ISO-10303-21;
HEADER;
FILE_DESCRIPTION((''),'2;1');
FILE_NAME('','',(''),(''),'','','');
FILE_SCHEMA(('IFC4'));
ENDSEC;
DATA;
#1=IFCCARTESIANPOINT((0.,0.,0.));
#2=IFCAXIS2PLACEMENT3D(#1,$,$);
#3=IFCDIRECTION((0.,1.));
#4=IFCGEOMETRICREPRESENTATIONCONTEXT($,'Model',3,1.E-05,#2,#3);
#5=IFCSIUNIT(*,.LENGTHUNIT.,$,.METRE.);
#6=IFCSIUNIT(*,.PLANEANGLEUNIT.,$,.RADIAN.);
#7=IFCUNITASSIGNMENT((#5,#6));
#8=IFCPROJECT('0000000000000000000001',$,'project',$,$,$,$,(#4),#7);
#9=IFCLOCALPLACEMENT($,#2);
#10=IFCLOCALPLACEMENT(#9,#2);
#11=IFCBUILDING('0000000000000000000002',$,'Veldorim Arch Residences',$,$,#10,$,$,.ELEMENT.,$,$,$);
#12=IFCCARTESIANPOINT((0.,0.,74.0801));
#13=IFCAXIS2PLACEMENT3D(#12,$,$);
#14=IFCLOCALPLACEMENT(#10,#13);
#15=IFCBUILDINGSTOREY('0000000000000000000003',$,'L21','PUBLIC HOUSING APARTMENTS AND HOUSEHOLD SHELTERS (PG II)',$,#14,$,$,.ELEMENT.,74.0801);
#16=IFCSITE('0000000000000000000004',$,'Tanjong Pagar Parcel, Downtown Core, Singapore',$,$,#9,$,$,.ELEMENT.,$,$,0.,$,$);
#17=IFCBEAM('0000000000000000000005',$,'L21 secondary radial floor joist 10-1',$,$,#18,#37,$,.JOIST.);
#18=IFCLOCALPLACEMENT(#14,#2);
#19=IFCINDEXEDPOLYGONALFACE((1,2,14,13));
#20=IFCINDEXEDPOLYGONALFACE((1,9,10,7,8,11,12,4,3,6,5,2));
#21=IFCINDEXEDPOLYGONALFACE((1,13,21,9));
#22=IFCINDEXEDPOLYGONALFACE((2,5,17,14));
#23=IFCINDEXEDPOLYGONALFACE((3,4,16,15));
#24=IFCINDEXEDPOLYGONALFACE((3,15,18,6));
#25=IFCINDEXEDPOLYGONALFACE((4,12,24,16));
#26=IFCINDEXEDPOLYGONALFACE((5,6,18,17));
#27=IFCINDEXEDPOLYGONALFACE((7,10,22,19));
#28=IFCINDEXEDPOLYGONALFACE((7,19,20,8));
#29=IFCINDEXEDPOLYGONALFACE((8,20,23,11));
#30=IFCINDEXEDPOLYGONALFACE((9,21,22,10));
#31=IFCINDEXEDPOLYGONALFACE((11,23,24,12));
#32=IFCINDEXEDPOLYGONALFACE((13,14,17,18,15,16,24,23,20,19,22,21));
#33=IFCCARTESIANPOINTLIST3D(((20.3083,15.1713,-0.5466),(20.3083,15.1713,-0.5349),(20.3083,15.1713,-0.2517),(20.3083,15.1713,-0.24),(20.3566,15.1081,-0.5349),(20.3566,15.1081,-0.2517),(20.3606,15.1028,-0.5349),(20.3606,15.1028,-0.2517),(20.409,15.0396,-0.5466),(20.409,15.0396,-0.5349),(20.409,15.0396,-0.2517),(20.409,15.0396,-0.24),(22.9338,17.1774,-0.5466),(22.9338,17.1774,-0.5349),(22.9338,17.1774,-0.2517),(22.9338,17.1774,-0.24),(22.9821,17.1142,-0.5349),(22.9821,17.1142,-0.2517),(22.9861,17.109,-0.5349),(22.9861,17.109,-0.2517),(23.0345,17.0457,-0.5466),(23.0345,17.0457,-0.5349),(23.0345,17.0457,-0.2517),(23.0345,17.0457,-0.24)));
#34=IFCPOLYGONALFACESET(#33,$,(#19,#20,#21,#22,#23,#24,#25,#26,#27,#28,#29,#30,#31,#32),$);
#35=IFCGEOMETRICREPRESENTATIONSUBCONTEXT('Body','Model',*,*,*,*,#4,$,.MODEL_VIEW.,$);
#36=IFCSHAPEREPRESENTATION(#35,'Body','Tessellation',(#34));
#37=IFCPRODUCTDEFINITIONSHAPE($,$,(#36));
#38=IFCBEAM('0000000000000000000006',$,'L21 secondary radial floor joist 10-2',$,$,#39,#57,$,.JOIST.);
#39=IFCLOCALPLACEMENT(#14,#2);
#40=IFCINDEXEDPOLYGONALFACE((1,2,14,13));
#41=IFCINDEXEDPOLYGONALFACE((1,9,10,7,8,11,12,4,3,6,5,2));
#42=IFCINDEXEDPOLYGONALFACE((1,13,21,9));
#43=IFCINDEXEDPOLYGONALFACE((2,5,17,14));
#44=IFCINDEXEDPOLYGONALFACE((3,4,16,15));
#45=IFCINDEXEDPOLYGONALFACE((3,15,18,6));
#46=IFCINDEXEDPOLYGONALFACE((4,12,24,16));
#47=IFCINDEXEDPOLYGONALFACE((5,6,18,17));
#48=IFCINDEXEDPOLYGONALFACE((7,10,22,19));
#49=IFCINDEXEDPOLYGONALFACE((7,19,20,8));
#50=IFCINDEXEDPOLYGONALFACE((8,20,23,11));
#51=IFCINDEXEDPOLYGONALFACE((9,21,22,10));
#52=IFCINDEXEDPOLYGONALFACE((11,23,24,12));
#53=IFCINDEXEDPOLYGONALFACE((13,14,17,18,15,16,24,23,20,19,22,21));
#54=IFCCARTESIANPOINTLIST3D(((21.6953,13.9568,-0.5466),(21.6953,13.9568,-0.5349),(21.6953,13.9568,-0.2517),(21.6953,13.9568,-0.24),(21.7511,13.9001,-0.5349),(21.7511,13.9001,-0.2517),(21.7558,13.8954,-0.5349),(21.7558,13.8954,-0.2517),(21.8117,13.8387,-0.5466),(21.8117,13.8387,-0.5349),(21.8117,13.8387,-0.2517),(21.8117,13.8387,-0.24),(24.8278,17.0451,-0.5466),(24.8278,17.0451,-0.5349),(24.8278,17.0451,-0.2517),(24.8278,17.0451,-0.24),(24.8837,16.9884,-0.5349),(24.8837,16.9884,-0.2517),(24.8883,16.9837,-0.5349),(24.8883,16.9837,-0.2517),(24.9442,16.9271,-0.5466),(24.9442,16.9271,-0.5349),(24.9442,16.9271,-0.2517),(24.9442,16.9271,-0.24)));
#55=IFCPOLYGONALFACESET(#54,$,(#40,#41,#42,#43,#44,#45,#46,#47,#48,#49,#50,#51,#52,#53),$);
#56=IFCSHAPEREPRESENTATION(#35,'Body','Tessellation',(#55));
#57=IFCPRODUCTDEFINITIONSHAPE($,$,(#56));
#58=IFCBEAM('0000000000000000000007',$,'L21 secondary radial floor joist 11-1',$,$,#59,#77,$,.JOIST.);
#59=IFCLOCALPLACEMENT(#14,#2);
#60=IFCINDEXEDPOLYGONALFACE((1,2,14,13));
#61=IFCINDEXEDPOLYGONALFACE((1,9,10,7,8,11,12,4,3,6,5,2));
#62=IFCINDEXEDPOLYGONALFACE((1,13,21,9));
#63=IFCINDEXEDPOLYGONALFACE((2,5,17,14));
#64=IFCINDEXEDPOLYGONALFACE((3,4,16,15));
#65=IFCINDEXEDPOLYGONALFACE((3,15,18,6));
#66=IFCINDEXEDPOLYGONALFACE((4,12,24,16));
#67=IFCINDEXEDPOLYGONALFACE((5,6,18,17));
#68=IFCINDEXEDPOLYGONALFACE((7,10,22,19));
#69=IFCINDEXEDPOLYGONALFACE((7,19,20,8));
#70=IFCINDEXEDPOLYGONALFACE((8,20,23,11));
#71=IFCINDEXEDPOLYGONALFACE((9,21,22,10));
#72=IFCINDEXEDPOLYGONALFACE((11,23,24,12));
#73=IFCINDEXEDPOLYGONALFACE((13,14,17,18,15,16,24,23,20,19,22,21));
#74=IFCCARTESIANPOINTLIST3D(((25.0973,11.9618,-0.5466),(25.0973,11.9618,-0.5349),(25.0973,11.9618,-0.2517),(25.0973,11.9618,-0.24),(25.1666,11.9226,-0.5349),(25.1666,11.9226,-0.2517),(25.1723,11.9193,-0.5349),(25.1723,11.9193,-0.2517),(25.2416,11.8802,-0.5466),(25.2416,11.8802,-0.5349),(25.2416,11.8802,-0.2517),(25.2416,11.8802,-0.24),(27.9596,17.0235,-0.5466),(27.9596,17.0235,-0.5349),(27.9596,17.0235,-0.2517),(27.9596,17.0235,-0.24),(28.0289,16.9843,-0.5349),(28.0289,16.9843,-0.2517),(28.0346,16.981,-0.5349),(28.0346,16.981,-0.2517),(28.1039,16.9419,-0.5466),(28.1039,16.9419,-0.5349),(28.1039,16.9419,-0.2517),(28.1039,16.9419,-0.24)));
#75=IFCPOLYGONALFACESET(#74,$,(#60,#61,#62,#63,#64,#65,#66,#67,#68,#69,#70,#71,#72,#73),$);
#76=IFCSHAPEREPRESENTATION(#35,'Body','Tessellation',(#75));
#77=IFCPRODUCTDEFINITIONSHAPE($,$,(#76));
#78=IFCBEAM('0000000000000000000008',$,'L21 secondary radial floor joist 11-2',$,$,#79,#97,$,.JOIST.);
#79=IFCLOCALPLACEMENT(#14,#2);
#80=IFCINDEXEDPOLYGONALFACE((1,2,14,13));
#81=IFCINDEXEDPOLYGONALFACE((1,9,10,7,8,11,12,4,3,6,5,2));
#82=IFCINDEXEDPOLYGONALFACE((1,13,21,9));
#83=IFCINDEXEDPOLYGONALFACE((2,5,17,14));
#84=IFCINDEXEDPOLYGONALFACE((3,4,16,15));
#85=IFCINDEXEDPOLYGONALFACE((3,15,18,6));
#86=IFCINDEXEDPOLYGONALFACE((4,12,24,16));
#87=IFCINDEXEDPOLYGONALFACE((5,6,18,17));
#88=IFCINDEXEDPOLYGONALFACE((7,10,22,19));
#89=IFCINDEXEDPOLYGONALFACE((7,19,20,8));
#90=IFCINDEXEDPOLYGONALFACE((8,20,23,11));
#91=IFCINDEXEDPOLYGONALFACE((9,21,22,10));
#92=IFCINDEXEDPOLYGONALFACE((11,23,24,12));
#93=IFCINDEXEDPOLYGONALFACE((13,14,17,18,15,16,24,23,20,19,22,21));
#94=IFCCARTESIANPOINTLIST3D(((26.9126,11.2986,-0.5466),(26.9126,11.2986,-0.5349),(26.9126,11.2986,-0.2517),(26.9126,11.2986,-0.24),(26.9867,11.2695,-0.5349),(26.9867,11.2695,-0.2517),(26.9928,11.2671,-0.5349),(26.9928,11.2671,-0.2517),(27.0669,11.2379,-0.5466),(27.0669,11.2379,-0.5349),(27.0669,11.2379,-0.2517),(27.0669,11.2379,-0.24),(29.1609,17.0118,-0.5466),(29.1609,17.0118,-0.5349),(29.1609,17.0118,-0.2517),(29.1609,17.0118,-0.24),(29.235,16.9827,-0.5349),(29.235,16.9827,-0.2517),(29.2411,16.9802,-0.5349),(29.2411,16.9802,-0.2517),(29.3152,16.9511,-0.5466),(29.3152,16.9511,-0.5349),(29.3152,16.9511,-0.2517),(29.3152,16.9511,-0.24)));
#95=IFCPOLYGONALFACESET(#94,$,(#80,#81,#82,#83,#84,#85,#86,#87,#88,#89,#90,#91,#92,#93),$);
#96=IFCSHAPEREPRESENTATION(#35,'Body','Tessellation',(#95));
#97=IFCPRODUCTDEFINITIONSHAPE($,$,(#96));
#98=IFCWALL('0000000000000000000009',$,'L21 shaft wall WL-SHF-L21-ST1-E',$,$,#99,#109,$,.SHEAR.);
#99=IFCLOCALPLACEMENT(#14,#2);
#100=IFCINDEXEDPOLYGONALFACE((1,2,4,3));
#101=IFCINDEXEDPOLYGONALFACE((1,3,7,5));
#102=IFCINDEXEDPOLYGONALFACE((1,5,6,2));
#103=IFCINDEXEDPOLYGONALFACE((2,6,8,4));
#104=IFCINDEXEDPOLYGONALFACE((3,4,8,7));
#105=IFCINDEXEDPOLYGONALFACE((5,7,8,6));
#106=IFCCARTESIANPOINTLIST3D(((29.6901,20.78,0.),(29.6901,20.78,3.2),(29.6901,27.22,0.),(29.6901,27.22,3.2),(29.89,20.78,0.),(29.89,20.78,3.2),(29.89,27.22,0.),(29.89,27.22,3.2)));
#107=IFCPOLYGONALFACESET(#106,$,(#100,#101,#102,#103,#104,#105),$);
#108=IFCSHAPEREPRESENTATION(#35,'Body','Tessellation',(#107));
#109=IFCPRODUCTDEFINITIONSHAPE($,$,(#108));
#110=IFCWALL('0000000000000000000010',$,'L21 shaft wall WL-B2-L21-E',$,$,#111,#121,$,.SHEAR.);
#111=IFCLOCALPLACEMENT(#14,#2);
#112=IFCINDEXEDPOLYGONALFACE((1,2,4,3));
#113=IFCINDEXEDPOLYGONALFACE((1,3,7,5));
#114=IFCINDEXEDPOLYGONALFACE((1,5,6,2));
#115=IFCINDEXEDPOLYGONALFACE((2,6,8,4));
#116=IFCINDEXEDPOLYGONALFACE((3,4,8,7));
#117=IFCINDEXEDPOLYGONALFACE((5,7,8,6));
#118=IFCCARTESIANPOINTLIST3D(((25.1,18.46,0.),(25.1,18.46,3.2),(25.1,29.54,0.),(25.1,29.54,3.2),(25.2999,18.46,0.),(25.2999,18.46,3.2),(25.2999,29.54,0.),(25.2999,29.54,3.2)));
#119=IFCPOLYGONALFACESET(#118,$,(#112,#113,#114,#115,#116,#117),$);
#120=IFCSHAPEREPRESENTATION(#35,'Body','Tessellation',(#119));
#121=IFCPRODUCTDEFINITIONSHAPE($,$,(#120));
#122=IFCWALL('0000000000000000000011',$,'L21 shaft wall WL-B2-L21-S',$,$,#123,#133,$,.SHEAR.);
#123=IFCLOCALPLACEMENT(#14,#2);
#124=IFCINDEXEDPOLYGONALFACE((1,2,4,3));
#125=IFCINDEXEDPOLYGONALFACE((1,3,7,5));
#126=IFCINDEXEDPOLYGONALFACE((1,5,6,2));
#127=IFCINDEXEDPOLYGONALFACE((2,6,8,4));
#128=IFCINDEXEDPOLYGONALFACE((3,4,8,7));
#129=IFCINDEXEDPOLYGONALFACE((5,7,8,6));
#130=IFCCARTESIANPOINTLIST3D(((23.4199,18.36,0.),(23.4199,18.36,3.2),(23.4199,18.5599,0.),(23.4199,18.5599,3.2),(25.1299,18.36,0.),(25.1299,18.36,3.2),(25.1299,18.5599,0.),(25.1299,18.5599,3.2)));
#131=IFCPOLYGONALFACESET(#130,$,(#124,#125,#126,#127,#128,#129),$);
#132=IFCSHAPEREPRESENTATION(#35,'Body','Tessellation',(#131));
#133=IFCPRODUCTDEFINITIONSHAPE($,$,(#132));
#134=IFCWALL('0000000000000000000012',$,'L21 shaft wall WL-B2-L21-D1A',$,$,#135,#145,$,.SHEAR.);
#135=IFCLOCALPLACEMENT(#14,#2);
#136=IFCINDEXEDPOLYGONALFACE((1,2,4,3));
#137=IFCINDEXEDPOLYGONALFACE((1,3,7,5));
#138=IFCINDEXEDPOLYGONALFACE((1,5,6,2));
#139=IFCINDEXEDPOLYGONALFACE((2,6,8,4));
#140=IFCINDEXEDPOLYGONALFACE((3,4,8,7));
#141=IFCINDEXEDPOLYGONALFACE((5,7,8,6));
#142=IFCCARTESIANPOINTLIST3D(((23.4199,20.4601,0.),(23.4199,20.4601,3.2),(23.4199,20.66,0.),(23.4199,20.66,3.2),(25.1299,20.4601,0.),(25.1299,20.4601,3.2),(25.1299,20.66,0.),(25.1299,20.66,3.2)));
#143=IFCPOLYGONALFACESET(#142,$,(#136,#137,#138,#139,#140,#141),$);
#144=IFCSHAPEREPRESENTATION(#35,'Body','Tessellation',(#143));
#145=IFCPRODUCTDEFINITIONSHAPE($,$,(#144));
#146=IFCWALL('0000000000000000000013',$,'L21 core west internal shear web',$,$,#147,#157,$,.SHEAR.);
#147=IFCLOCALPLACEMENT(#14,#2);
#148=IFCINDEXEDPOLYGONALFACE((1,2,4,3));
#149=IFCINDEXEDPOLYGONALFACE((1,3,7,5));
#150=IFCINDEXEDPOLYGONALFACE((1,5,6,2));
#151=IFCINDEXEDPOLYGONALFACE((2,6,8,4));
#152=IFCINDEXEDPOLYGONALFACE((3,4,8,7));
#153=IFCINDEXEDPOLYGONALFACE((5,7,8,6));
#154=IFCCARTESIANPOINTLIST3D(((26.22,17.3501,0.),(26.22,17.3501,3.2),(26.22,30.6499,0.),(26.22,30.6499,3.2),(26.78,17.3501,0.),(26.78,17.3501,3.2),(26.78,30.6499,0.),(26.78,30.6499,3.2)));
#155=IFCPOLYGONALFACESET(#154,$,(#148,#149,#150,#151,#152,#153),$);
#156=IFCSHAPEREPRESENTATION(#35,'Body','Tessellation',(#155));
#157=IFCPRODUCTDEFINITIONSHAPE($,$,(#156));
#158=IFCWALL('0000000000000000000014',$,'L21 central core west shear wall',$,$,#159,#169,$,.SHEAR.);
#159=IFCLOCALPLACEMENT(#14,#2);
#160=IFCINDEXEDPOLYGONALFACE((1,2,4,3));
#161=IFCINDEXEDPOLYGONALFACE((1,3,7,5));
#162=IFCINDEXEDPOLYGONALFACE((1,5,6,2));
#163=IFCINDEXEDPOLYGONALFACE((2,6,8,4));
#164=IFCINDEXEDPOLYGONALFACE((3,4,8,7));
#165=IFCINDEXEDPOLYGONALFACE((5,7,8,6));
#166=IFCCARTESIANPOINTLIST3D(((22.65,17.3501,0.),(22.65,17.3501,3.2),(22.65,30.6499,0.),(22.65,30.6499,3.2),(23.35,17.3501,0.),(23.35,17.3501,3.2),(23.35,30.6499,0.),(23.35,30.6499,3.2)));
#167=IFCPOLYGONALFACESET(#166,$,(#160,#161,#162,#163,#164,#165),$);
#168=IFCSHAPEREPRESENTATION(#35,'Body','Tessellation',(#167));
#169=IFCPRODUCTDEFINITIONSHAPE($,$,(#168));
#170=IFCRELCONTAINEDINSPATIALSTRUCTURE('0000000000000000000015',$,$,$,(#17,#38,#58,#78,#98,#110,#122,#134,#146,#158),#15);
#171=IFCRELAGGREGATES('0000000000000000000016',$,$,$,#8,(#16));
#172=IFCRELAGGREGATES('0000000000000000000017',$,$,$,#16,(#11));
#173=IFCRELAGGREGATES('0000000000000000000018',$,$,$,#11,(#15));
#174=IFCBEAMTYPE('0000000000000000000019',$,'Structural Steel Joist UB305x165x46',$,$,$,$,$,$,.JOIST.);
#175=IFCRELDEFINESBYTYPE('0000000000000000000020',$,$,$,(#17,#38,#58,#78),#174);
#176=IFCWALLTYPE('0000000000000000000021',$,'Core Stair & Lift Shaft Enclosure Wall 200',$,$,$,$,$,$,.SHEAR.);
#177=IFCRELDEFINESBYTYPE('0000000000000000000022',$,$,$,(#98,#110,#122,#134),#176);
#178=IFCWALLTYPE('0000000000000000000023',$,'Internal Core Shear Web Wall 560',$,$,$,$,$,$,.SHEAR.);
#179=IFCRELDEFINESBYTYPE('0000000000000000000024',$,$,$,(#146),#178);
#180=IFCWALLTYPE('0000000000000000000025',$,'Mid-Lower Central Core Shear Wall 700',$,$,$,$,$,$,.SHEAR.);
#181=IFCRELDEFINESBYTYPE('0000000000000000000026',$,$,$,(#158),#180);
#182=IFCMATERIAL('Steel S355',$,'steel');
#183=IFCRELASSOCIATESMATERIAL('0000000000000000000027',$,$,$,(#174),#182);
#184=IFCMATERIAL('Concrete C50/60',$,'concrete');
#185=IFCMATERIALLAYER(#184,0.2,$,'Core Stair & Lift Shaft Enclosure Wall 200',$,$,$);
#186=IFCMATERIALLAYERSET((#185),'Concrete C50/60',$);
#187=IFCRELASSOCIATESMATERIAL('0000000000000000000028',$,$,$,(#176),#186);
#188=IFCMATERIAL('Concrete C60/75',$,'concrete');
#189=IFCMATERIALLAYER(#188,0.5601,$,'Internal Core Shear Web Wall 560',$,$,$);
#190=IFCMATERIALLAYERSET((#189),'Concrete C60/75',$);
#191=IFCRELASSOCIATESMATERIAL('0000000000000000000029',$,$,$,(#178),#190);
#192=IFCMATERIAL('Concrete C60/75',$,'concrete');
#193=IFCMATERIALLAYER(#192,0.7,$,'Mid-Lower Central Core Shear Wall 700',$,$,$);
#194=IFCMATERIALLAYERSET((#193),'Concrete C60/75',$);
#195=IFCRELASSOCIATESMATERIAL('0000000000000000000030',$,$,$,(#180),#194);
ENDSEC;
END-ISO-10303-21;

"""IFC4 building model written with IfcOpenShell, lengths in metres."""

from ifc_helpers import new_model, si_unit, direction, frame, frame_2d, origin, origin_2d, place, context, subcontext, project, spatial, rectangle, i_section, extrude, material, layer, layer_set, material_profile, profile_set, type_object, element, save


model = new_model("IFC4")

# Units and contexts
model_context = context("Model", 3, precision=1e-05, world=origin(), true_north=direction((0.0, 1.0)))
body_context = subcontext(model_context, "Body", "Model", "MODEL_VIEW")
ifc_project = project(units=[si_unit("LENGTHUNIT", "METRE"), si_unit("PLANEANGLEUNIT", "RADIAN")], contexts=[model_context])

# Site, building, storey
site_placement = place(None, origin())
site = spatial("IfcSite", under=ifc_project, at=site_placement, Name="Tanjong Pagar Parcel, Downtown Core, Singapore", CompositionType="ELEMENT", RefElevation=0.0)
building_placement = place(site_placement, origin())
building = spatial("IfcBuilding", under=site, at=building_placement, Name="Veldorim Arch Residences", CompositionType="ELEMENT")
storey_placement = place(building_placement, frame((0.0, 0.0, 74.0801)))
storey = spatial("IfcBuildingStorey", under=building, at=storey_placement, Name="L21", Description="PUBLIC HOUSING APARTMENTS AND HOUSEHOLD SHELTERS (PG II)", CompositionType="ELEMENT", Elevation=74.0801)

# Beams
ifc_material_1 = material(Name="Steel S355", Category="steel")
ifc_material_profile_1 = material_profile(ifc_material_1, i_section(OverallWidth=0.1658, OverallDepth=0.3066, WebThickness=0.0066, FlangeThickness=0.0117, at=origin_2d()), Name="UB305x165x46")
ifc_profile_set_1 = profile_set([ifc_material_profile_1], Name="Steel S355")
beam_type_1 = type_object("IfcBeamType", Name="Structural Steel Joist UB305x165x46", PredefinedType="JOIST", material=ifc_profile_set_1)
beam_1_placement = place(storey_placement, frame((22.9841, 17.1116, -0.3933), z_axis=(-0.794595, -0.60714, 0.0), x_axis=(0.60714, -0.794595, 0.0)))
element("IfcBeam", 1, at=beam_1_placement, inside=storey, type_object=beam_type_1, Name="L21 secondary radial floor joist 10-1", PredefinedType="JOIST", context=body_context, shape_type="SweptSolid", body=[
    extrude(i_section(OverallWidth=0.1658, OverallDepth=0.3066, WebThickness=0.0066, FlangeThickness=0.0117, at=origin_2d()), origin(), (0.0, 0.0, 1.0), 3.3042),
])
beam_2_placement = place(storey_placement, frame((24.886, 16.9861, -0.3933), z_axis=(-0.712112, -0.702066, 0.0), x_axis=(0.702066, -0.712112, 0.0)))
element("IfcBeam", 2, at=beam_2_placement, inside=storey, type_object=beam_type_1, Name="L21 secondary radial floor joist 10-2", PredefinedType="JOIST", context=body_context, shape_type="SweptSolid", body=[
    extrude(i_section(OverallWidth=0.1658, OverallDepth=0.3066, WebThickness=0.0066, FlangeThickness=0.0117, at=origin_2d()), origin(), (0.0, 0.0, 1.0), 4.3989),
])
beam_3_placement = place(storey_placement, frame((28.0317, 16.9827, -0.3933), z_axis=(-0.492227, -0.870467, 0.0), x_axis=(0.870467, -0.492227, 0.0)))
element("IfcBeam", 3, at=beam_3_placement, inside=storey, type_object=beam_type_1, Name="L21 secondary radial floor joist 11-1", PredefinedType="JOIST", context=body_context, shape_type="SweptSolid", body=[
    extrude(i_section(OverallWidth=0.1658, OverallDepth=0.3066, WebThickness=0.0066, FlangeThickness=0.0117, at=origin_2d()), origin(), (0.0, 0.0, 1.0), 5.8149),
])
beam_4_placement = place(storey_placement, frame((29.238, 16.9814, -0.3933), z_axis=(-0.366195, -0.930538, 0.0), x_axis=(0.930538, -0.366195, 0.0)))
element("IfcBeam", 4, at=beam_4_placement, inside=storey, type_object=beam_type_1, Name="L21 secondary radial floor joist 11-2", PredefinedType="JOIST", context=body_context, shape_type="SweptSolid", body=[
    extrude(i_section(OverallWidth=0.1658, OverallDepth=0.3066, WebThickness=0.0066, FlangeThickness=0.0117, at=origin_2d()), origin(), (0.0, 0.0, 1.0), 6.1396),
])

# Wall
ifc_material_2 = material(Name="Concrete C50/60", Category="concrete")
ifc_layer_1 = layer(ifc_material_2, 0.2, Name="Core Stair & Lift Shaft Enclosure Wall 200")
ifc_layer_set_1 = layer_set([ifc_layer_1], Name="Concrete C50/60")
wall_type_1 = type_object("IfcWallType", Name="Core Stair & Lift Shaft Enclosure Wall 200", PredefinedType="SHEAR", material=ifc_layer_set_1)
wall_1_placement = place(storey_placement, frame((29.79, 20.78, 0.0), z_axis=(0.0, 0.0, 1.0), x_axis=(0.0, 1.0, 0.0)))
element("IfcWall", 5, at=wall_1_placement, inside=storey, type_object=wall_type_1, Name="L21 shaft wall WL-SHF-L21-ST1-E", PredefinedType="SHEAR", context=body_context, shape_type="SweptSolid", body=[
    extrude(rectangle(XDim=6.4399, YDim=0.2, at=frame_2d((3.22, 0.0))), origin(), (0.0, 0.0, 1.0), 3.2),
])

# Walls
wall_2_placement = place(storey_placement, frame((25.2, 18.46, 0.0), z_axis=(0.0, 0.0, 1.0), x_axis=(0.0, 1.0, 0.0)))
element("IfcWall", 6, at=wall_2_placement, inside=storey, type_object=wall_type_1, Name="L21 shaft wall WL-B2-L21-E", PredefinedType="SHEAR", context=body_context, shape_type="SweptSolid", body=[
    extrude(rectangle(XDim=11.0801, YDim=0.2, at=frame_2d((5.54, 0.0))), origin(), (0.0, 0.0, 1.0), 3.2),
])
for number, where, z_axis, x_axis, name in (
    (7, (23.4199, 18.46, 0.0), (0.0, 0.0, 1.0), (1.0, 0.0, 0.0), "L21 shaft wall WL-B2-L21-S"),
    (8, (23.4199, 20.5601, 0.0), (0.0, 0.0, 1.0), (1.0, 0.0, 0.0), "L21 shaft wall WL-B2-L21-D1A"),
):
    element("IfcWall", number, at=place(storey_placement, frame(where, z_axis=z_axis, x_axis=x_axis)), inside=storey, type_object=wall_type_1, Name=name, PredefinedType="SHEAR", context=body_context, shape_type="SweptSolid", body=[
        extrude(rectangle(XDim=1.71, YDim=0.2, at=frame_2d((0.855, 0.0))), origin(), (0.0, 0.0, 1.0), 3.2),
    ])
ifc_material_3 = material(Name="Concrete C60/75", Category="concrete")
ifc_layer_2 = layer(ifc_material_3, 0.5601, Name="Internal Core Shear Web Wall 560")
ifc_layer_set_2 = layer_set([ifc_layer_2], Name="Concrete C60/75")
wall_type_2 = type_object("IfcWallType", Name="Internal Core Shear Web Wall 560", PredefinedType="SHEAR", material=ifc_layer_set_2)
wall_3_placement = place(storey_placement, frame((26.5, 17.3501, 0.0), z_axis=(0.0, 0.0, 1.0), x_axis=(0.0, 1.0, 0.0)))
element("IfcWall", 9, at=wall_3_placement, inside=storey, type_object=wall_type_2, Name="L21 core west internal shear web", PredefinedType="SHEAR", context=body_context, shape_type="SweptSolid", body=[
    extrude(rectangle(XDim=13.2998, YDim=0.5601, at=frame_2d((6.6499, 0.0))), origin(), (0.0, 0.0, 1.0), 3.2),
])

# Shared definitions
ifc_material_4 = material(Name="Concrete C60/75", Category="concrete")
ifc_layer_3 = layer(ifc_material_4, 0.7, Name="Mid-Lower Central Core Shear Wall 700")
ifc_layer_set_3 = layer_set([ifc_layer_3], Name="Concrete C60/75")
wall_type_3 = type_object("IfcWallType", Name="Mid-Lower Central Core Shear Wall 700", PredefinedType="SHEAR", material=ifc_layer_set_3)

# Wall
wall_4_placement = place(storey_placement, frame((23.0, 17.3501, 0.0), z_axis=(0.0, 0.0, 1.0), x_axis=(0.0, 1.0, 0.0)))
element("IfcWall", 10, at=wall_4_placement, inside=storey, type_object=wall_type_3, Name="L21 central core west shear wall", PredefinedType="SHEAR", context=body_context, shape_type="SweptSolid", body=[
    extrude(rectangle(XDim=13.2998, YDim=0.7, at=frame_2d((6.6499, 0.0))), origin(), (0.0, 0.0, 1.0), 3.2),
])

save(model, "model.ifc")
